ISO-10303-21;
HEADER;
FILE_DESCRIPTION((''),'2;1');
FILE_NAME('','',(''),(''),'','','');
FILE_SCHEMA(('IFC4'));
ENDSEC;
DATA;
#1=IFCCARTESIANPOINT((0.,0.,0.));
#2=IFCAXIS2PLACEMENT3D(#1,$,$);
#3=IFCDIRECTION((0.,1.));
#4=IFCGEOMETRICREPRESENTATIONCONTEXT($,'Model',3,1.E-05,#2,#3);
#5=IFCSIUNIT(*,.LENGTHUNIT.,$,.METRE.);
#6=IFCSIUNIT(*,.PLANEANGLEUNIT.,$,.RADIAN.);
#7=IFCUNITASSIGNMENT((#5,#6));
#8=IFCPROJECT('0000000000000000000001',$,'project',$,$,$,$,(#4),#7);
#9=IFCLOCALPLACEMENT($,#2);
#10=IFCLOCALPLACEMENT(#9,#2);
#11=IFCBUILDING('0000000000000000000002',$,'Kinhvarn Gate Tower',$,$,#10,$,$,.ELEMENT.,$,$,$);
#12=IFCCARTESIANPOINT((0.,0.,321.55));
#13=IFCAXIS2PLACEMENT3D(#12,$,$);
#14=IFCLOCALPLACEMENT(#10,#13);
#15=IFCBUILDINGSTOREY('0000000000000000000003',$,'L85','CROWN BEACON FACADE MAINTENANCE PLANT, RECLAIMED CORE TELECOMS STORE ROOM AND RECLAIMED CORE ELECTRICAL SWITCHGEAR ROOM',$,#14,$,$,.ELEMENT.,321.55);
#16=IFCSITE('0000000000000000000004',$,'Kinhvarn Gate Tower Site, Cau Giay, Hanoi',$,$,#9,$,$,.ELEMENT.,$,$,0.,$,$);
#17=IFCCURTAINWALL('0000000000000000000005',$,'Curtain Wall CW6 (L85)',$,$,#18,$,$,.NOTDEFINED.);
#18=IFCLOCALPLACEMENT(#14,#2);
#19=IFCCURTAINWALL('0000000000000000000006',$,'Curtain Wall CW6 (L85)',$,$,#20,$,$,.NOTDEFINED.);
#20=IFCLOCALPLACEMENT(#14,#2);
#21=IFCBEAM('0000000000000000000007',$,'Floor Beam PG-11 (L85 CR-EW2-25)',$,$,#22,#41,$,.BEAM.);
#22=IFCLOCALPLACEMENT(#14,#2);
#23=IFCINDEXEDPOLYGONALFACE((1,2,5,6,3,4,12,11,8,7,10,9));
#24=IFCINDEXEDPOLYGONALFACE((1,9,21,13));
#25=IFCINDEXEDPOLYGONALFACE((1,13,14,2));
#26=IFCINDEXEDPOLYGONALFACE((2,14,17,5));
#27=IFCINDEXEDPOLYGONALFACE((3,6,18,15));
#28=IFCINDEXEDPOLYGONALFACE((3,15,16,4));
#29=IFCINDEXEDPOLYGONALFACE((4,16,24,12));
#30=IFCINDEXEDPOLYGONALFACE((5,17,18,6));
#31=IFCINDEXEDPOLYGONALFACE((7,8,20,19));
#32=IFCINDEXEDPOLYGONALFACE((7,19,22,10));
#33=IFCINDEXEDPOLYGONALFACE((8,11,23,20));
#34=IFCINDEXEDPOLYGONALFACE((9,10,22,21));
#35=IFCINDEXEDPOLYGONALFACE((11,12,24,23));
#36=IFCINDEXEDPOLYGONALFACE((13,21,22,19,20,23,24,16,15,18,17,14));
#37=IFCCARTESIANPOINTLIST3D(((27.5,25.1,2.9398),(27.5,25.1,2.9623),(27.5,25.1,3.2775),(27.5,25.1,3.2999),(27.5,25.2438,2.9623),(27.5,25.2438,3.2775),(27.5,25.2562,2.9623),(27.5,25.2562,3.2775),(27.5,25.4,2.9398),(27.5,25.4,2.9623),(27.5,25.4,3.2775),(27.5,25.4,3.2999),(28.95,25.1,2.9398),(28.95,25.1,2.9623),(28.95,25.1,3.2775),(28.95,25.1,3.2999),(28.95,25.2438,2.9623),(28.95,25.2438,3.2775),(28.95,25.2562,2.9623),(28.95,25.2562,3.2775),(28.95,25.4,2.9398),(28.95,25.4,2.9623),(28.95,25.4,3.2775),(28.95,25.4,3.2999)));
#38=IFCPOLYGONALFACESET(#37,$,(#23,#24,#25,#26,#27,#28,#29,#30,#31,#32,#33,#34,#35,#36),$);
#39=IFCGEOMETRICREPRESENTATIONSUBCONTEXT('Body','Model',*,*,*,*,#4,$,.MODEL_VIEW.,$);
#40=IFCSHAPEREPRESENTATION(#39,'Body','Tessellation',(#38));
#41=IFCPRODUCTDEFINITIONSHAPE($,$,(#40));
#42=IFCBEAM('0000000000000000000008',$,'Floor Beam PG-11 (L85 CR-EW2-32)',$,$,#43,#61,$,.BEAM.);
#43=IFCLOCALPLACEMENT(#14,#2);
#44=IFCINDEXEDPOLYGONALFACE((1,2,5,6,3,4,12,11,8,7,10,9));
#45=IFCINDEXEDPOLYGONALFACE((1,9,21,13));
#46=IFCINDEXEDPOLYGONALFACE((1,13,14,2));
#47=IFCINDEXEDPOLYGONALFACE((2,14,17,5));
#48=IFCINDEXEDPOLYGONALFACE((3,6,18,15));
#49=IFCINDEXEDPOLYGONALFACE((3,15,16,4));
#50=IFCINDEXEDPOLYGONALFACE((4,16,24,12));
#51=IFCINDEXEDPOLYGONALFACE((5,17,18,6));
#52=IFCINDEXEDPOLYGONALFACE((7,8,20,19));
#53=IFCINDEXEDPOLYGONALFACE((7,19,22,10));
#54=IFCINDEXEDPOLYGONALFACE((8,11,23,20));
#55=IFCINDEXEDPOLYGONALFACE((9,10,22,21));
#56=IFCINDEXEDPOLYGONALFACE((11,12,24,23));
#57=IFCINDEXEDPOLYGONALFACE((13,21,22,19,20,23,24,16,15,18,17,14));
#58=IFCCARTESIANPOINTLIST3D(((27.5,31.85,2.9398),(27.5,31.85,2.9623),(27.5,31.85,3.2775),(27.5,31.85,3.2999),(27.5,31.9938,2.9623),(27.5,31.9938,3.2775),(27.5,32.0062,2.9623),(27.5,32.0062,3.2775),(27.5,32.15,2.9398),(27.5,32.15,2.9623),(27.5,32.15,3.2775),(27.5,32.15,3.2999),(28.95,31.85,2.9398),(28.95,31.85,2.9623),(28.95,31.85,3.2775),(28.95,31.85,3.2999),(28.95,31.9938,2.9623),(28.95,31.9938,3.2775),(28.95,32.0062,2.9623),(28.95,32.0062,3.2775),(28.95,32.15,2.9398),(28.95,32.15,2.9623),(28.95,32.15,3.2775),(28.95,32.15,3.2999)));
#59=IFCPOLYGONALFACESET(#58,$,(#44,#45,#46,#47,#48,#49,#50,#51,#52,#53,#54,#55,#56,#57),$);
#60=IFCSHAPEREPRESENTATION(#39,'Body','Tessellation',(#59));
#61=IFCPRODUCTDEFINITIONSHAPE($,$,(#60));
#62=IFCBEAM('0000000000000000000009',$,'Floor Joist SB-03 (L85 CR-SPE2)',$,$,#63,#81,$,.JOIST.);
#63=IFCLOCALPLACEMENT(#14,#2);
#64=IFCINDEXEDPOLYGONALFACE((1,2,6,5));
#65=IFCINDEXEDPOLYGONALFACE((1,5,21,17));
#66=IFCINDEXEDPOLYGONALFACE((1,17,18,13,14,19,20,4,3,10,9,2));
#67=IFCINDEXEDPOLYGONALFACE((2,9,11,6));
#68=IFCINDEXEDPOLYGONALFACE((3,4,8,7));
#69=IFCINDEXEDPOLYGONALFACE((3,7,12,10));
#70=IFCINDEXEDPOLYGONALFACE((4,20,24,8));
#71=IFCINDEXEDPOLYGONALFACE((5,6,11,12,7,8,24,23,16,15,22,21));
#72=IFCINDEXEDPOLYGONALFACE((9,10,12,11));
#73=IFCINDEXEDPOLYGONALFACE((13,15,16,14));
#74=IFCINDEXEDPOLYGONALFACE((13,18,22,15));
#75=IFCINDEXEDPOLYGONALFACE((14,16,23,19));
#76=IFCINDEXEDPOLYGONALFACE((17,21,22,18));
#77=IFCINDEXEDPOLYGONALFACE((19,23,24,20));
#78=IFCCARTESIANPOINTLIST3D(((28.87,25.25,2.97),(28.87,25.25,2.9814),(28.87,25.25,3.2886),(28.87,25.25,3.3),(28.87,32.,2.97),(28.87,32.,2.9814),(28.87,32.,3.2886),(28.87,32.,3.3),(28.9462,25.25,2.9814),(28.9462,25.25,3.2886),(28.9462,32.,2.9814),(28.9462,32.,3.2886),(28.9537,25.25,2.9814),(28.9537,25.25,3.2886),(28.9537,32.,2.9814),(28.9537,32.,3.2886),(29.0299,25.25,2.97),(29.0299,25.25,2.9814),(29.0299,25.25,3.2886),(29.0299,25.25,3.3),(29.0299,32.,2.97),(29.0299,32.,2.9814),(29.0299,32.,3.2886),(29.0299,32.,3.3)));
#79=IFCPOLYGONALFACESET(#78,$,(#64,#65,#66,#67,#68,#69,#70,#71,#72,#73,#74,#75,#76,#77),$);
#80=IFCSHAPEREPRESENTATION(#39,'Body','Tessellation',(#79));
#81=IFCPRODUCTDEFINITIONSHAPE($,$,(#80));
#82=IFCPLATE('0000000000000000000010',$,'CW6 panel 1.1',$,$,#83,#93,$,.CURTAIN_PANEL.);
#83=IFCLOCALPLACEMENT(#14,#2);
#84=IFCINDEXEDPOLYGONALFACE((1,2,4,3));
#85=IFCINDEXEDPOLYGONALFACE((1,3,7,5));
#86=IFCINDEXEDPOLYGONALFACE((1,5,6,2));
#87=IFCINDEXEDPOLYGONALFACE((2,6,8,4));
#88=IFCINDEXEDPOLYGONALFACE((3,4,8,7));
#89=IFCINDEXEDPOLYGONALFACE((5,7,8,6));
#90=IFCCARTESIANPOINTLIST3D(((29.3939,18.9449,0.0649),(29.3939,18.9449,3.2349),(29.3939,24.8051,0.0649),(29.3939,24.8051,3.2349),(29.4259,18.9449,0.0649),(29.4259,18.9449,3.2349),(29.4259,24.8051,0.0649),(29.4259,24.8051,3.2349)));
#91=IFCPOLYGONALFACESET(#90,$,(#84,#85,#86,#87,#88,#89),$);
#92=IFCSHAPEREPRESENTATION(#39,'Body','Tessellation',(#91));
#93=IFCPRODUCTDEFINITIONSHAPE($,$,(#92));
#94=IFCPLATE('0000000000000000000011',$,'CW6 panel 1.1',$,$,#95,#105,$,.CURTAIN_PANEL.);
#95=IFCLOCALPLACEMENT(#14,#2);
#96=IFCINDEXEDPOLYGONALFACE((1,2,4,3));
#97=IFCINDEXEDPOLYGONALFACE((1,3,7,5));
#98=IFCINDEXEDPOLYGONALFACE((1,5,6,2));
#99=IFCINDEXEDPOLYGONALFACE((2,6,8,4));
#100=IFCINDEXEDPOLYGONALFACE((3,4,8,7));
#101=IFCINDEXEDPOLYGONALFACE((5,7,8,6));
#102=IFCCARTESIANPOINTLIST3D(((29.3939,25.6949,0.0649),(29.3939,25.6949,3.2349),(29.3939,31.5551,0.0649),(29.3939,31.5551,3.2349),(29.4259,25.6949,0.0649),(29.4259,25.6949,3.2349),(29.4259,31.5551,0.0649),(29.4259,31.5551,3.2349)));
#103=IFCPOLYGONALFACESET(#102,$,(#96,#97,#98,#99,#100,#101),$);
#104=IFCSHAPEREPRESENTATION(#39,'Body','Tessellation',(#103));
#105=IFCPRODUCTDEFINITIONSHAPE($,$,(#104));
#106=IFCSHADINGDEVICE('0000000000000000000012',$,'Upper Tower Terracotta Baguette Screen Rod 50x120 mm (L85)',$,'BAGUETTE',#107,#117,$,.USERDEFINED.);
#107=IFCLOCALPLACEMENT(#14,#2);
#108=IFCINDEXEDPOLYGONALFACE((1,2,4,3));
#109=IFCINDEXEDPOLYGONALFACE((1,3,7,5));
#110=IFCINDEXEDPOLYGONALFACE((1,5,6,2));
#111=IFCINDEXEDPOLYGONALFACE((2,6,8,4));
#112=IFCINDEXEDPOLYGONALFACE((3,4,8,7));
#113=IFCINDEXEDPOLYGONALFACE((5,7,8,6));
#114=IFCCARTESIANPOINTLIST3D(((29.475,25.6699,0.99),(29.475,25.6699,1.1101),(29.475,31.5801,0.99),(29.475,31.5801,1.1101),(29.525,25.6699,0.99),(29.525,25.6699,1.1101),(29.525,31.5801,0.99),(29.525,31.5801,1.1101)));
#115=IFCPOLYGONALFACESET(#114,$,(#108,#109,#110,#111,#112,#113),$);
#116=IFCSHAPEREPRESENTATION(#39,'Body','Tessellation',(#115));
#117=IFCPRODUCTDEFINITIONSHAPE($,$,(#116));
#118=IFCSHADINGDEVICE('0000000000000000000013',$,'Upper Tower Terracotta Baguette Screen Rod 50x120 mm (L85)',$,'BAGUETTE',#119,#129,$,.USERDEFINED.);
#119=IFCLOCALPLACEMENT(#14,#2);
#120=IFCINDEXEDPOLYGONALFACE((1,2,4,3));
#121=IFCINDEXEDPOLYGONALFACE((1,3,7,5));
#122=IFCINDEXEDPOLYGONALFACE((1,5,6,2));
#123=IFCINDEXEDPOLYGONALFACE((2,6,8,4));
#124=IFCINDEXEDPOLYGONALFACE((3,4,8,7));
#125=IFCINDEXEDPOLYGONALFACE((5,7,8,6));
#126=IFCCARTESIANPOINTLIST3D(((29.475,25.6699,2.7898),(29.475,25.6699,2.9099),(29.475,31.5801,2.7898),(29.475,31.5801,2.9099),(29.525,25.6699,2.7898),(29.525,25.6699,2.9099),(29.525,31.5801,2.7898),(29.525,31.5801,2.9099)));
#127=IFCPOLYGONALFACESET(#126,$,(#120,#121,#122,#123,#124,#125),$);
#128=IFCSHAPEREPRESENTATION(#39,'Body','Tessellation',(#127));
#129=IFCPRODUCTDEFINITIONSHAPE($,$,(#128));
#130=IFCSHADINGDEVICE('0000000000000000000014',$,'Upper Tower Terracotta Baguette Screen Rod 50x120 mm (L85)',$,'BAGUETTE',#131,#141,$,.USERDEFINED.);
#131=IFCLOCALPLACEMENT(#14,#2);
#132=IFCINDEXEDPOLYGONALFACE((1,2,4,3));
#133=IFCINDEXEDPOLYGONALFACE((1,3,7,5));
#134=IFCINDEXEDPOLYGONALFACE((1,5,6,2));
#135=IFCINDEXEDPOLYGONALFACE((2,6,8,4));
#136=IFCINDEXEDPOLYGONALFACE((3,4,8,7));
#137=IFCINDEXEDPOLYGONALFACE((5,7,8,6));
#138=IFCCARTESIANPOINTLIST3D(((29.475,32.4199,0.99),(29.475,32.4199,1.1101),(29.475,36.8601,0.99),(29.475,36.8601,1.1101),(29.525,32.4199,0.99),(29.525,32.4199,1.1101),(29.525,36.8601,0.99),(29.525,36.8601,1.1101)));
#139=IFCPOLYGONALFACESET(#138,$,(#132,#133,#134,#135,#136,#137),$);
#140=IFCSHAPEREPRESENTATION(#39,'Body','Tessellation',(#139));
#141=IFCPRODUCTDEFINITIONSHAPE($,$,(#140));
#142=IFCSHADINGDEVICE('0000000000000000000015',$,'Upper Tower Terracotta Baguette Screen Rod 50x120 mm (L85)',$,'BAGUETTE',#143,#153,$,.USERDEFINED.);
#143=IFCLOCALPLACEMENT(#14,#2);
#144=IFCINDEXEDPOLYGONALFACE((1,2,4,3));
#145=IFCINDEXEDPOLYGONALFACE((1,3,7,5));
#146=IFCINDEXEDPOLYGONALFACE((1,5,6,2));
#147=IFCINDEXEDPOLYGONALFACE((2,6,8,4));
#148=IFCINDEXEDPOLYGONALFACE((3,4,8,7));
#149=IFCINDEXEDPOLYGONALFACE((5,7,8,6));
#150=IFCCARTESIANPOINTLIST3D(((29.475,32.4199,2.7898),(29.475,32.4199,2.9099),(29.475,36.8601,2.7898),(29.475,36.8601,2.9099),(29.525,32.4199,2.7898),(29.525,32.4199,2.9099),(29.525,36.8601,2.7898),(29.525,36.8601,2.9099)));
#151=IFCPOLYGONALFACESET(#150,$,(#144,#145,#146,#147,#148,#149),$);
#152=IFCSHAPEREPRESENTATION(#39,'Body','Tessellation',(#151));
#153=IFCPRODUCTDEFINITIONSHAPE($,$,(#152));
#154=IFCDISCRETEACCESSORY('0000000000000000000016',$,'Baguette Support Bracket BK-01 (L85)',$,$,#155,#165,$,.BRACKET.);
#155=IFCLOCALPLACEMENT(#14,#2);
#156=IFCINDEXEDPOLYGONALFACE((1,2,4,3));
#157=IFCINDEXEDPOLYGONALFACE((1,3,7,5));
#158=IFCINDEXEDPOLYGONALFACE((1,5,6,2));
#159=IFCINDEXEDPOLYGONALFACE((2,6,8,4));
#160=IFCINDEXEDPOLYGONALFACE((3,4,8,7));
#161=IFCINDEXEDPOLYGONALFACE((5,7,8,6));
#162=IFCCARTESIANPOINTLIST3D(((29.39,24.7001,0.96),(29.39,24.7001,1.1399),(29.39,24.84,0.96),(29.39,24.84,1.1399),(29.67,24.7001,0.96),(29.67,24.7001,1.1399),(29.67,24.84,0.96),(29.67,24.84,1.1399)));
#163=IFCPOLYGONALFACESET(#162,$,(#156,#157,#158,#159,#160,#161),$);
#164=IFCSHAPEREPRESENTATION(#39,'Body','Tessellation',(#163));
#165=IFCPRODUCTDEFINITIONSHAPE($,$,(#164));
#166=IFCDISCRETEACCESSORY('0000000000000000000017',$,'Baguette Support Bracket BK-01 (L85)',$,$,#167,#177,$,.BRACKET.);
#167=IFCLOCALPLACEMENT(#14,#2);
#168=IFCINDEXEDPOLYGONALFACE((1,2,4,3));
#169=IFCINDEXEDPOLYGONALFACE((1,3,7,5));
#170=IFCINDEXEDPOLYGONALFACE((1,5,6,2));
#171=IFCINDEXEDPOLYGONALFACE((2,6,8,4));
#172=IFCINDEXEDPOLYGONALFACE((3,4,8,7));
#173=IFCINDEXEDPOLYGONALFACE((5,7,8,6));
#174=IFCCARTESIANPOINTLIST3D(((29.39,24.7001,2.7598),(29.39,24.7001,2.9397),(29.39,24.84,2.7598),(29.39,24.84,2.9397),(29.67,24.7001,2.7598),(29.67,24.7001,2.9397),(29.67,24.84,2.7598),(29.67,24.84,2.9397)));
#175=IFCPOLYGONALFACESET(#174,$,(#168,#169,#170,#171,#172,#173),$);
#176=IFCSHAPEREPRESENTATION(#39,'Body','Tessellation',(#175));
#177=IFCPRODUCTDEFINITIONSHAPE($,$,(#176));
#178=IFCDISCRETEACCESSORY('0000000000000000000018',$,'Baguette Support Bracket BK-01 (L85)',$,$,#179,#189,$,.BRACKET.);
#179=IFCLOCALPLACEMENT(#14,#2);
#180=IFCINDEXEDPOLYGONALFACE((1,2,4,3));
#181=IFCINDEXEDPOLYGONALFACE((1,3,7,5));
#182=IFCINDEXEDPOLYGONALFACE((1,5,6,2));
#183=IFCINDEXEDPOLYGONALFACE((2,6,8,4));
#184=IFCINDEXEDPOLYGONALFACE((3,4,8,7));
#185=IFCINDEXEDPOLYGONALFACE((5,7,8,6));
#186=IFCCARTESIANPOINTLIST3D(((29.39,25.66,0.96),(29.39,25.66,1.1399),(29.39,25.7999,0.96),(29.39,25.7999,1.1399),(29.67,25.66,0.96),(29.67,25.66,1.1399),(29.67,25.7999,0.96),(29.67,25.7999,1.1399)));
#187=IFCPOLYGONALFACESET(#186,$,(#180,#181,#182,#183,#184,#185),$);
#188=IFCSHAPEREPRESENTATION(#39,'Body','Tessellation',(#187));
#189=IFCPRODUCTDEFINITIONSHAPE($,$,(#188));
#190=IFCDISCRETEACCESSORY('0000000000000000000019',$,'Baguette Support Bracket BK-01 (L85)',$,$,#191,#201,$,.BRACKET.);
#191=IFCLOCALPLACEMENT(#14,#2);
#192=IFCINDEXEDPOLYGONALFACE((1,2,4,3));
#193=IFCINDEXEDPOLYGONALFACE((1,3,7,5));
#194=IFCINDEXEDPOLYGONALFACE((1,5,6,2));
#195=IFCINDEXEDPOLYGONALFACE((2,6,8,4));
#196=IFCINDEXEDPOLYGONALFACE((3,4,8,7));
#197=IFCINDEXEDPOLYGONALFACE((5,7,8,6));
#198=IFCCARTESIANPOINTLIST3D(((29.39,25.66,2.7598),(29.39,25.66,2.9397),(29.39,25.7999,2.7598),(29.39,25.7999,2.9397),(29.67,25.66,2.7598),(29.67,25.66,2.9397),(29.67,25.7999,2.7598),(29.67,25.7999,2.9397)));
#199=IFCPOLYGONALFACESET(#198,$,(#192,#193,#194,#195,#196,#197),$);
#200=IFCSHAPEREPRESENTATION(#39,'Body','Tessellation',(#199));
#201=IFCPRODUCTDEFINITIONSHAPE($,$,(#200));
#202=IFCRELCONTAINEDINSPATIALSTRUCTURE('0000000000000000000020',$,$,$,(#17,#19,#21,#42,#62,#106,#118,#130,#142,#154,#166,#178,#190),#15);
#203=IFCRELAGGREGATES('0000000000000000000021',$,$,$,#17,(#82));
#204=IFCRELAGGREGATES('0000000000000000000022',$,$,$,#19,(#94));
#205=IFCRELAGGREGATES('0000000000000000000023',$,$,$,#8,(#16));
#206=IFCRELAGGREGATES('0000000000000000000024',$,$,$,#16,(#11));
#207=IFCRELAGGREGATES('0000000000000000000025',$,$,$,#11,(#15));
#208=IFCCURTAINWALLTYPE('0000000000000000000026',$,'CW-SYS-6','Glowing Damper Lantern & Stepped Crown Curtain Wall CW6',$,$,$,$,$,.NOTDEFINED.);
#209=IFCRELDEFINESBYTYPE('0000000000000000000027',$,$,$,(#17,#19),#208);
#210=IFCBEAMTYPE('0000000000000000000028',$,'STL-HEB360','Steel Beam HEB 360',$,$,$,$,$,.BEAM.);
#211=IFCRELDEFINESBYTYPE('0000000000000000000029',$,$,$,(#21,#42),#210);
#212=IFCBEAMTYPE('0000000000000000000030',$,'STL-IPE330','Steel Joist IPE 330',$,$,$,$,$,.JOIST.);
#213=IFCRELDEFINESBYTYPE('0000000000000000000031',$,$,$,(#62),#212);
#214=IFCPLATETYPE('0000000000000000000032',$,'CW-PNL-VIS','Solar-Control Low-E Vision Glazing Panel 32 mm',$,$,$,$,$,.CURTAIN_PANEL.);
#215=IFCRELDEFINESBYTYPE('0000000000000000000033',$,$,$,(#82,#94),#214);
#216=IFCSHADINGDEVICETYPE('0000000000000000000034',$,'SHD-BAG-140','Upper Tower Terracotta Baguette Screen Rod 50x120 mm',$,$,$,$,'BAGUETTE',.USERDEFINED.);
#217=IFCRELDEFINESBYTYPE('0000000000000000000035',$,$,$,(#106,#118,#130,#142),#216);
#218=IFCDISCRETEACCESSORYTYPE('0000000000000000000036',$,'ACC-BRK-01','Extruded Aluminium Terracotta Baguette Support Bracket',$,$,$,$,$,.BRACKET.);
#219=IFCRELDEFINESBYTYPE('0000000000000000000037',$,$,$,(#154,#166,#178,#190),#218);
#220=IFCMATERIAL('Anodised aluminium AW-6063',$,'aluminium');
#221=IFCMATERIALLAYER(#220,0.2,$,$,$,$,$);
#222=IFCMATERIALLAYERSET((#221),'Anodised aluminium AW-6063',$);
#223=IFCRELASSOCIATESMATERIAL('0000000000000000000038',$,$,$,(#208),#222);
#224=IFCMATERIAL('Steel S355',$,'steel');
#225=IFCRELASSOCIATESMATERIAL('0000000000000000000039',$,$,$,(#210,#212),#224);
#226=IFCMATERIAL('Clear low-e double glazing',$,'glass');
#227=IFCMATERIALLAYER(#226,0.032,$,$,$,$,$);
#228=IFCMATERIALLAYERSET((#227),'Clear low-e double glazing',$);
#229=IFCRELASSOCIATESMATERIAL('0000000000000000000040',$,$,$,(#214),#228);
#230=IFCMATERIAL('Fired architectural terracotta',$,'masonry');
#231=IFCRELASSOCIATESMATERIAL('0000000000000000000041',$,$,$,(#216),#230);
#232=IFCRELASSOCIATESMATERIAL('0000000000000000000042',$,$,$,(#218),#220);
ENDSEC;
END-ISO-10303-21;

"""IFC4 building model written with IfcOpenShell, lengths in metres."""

from ifc_helpers import new_model, si_unit, direction, frame, origin, origin_2d, place, context, subcontext, project, spatial, rectangle, i_section, extrude, material, layer, layer_set, material_profile, profile_set, type_object, element, aggregate, save


model = new_model("IFC4")

# Units and contexts
model_context = context("Model", 3, precision=1e-05, world=origin(), true_north=direction((0.0, 1.0)))
body_context = subcontext(model_context, "Body", "Model", "MODEL_VIEW")
ifc_project = project(units=[si_unit("LENGTHUNIT", "METRE"), si_unit("PLANEANGLEUNIT", "RADIAN")], contexts=[model_context])

# Site, building, storey
site_placement = place(None, origin())
site = spatial("IfcSite", under=ifc_project, at=site_placement, Name="Kinhvarn Gate Tower Site, Cau Giay, Hanoi", CompositionType="ELEMENT", RefElevation=0.0)
building_placement = place(site_placement, origin())
building = spatial("IfcBuilding", under=site, at=building_placement, Name="Kinhvarn Gate Tower", CompositionType="ELEMENT")
storey_placement = place(building_placement, frame((0.0, 0.0, 321.55)))
storey = spatial("IfcBuildingStorey", under=building, at=storey_placement, Name="L85", Description="CROWN BEACON FACADE MAINTENANCE PLANT, RECLAIMED CORE TELECOMS STORE ROOM AND RECLAIMED CORE ELECTRICAL SWITCHGEAR ROOM", CompositionType="ELEMENT", Elevation=321.55)

# Curtain wall
ifc_material_1 = material(Name="Anodised aluminium AW-6063", Category="aluminium")
ifc_layer_1 = layer(ifc_material_1, 0.2)
ifc_layer_set_1 = layer_set([ifc_layer_1], Name="Anodised aluminium AW-6063")
curtain_wall_type = type_object("IfcCurtainWallType", Name="CW-SYS-6", Description="Glowing Damper Lantern & Stepped Crown Curtain Wall CW6", PredefinedType="NOTDEFINED", material=ifc_layer_set_1)
curtain_wall_1_placement = place(storey_placement, origin())
curtain_wall_1 = element("IfcCurtainWall", 1, at=curtain_wall_1_placement, inside=storey, type_object=curtain_wall_type, Name="Curtain Wall CW6 (L85)", PredefinedType="NOTDEFINED")

# Curtain wall
curtain_wall_2_placement = place(storey_placement, origin())
curtain_wall_2 = element("IfcCurtainWall", 2, at=curtain_wall_2_placement, inside=storey, type_object=curtain_wall_type, Name="Curtain Wall CW6 (L85)", PredefinedType="NOTDEFINED")

# Beams
ifc_material_2 = material(Name="Steel S355", Category="steel")
ifc_material_profile_1 = material_profile(ifc_material_2, i_section(OverallWidth=0.3, OverallDepth=0.3601, WebThickness=0.0125, FlangeThickness=0.0225, at=origin_2d()), Name="HEB 360")
ifc_profile_set_1 = profile_set([ifc_material_profile_1], Name="Steel S355")
beam_type_1 = type_object("IfcBeamType", Name="STL-HEB360", Description="Steel Beam HEB 360", PredefinedType="BEAM", material=ifc_profile_set_1)
for number, where, z_axis, x_axis, name in (
    (3, (27.5, 25.25, 3.1199), (1.0, 0.0, 0.0), (0.0, 1.0, 0.0), "Floor Beam PG-11 (L85 CR-EW2-25)"),
    (4, (27.5, 32.0, 3.1199), (1.0, 0.0, 0.0), (0.0, 1.0, 0.0), "Floor Beam PG-11 (L85 CR-EW2-32)"),
):
    element("IfcBeam", number, at=place(storey_placement, frame(where, z_axis=z_axis, x_axis=x_axis)), inside=storey, type_object=beam_type_1, Name=name, PredefinedType="BEAM", context=body_context, shape_type="SweptSolid", body=[
        extrude(i_section(OverallWidth=0.3, OverallDepth=0.3601, WebThickness=0.0125, FlangeThickness=0.0225, at=origin_2d()), origin(), (0.0, 0.0, 1.0), 1.45),
    ])
ifc_material_profile_2 = material_profile(ifc_material_2, i_section(OverallWidth=0.1599, OverallDepth=0.3301, WebThickness=0.0076, FlangeThickness=0.0115, at=origin_2d()), Name="IPE 330")
ifc_profile_set_2 = profile_set([ifc_material_profile_2], Name="Steel S355")
beam_type_2 = type_object("IfcBeamType", Name="STL-IPE330", Description="Steel Joist IPE 330", PredefinedType="JOIST", material=ifc_profile_set_2)
beam_1_placement = place(storey_placement, frame((28.95, 25.25, 3.135), z_axis=(0.0, 1.0, 0.0), x_axis=(-1.0, 0.0, 0.0)))
element("IfcBeam", 5, at=beam_1_placement, inside=storey, type_object=beam_type_2, Name="Floor Joist SB-03 (L85 CR-SPE2)", PredefinedType="JOIST", context=body_context, shape_type="SweptSolid", body=[
    extrude(i_section(OverallWidth=0.1599, OverallDepth=0.3301, WebThickness=0.0076, FlangeThickness=0.0115, at=origin_2d()), origin(), (0.0, 0.0, 1.0), 6.75),
])

# Plates
ifc_material_3 = material(Name="Clear low-e double glazing", Category="glass")
ifc_layer_2 = layer(ifc_material_3, 0.032)
ifc_layer_set_2 = layer_set([ifc_layer_2], Name="Clear low-e double glazing")
plate_type = type_object("IfcPlateType", Name="CW-PNL-VIS", Description="Solar-Control Low-E Vision Glazing Panel 32 mm", PredefinedType="CURTAIN_PANEL", material=ifc_layer_set_2)
plate_1_placement = place(storey_placement, frame((29.4099, 21.875, 0.0649), z_axis=(0.0, 0.0, 1.0), x_axis=(0.0, 1.0, 0.0)))
plate_1 = element("IfcPlate", 6, at=plate_1_placement, type_object=plate_type, Name="CW6 panel 1.1", PredefinedType="CURTAIN_PANEL", context=body_context, shape_type="SweptSolid", body=[
    extrude(rectangle(XDim=5.8601, YDim=0.032, at=origin_2d()), origin(), (0.0, 0.0, 1.0), 3.1699),
])
aggregate(curtain_wall_1, [plate_1])
plate_2_placement = place(storey_placement, frame((29.4099, 28.625, 0.0649), z_axis=(0.0, 0.0, 1.0), x_axis=(0.0, 1.0, 0.0)))
plate_2 = element("IfcPlate", 7, at=plate_2_placement, type_object=plate_type, Name="CW6 panel 1.1", PredefinedType="CURTAIN_PANEL", context=body_context, shape_type="SweptSolid", body=[
    extrude(rectangle(XDim=5.8601, YDim=0.032, at=origin_2d()), origin(), (0.0, 0.0, 1.0), 3.1699),
])
aggregate(curtain_wall_2, [plate_2])

# Shading devices
ifc_material_4 = material(Name="Fired architectural terracotta", Category="masonry")
ifc_material_profile_3 = material_profile(ifc_material_4, rectangle(XDim=0.05, YDim=0.1201, at=origin_2d()), Name="TC 50x120")
ifc_profile_set_3 = profile_set([ifc_material_profile_3], Name="Fired architectural terracotta")
shading_device_type = type_object("IfcShadingDeviceType", Name="SHD-BAG-140", Description="Upper Tower Terracotta Baguette Screen Rod 50x120 mm", ElementType="BAGUETTE", PredefinedType="USERDEFINED", material=ifc_profile_set_3)
for number, where, z_axis, x_axis, name in (
    (8, (29.5, 25.6699, 1.05), (0.0, 1.0, 0.0), (-1.0, 0.0, 0.0), "Upper Tower Terracotta Baguette Screen Rod 50x120 mm (L85)"),
    (9, (29.5, 25.6699, 2.8499), (0.0, 1.0, 0.0), (-1.0, 0.0, 0.0), "Upper Tower Terracotta Baguette Screen Rod 50x120 mm (L85)"),
):
    element("IfcShadingDevice", number, at=place(storey_placement, frame(where, z_axis=z_axis, x_axis=x_axis)), inside=storey, type_object=shading_device_type, Name=name, ObjectType="BAGUETTE", PredefinedType="USERDEFINED", context=body_context, shape_type="SweptSolid", body=[
        extrude(rectangle(XDim=0.05, YDim=0.1201, at=origin_2d()), origin(), (0.0, 0.0, 1.0), 5.9102),
    ])
for number, where, z_axis, x_axis, name in (
    (10, (29.5, 32.4199, 1.05), (0.0, 1.0, 0.0), (-1.0, 0.0, 0.0), "Upper Tower Terracotta Baguette Screen Rod 50x120 mm (L85)"),
    (11, (29.5, 32.4199, 2.8499), (0.0, 1.0, 0.0), (-1.0, 0.0, 0.0), "Upper Tower Terracotta Baguette Screen Rod 50x120 mm (L85)"),
):
    element("IfcShadingDevice", number, at=place(storey_placement, frame(where, z_axis=z_axis, x_axis=x_axis)), inside=storey, type_object=shading_device_type, Name=name, ObjectType="BAGUETTE", PredefinedType="USERDEFINED", context=body_context, shape_type="SweptSolid", body=[
        extrude(rectangle(XDim=0.05, YDim=0.1201, at=origin_2d()), origin(), (0.0, 0.0, 1.0), 4.4402),
    ])

# Discrete accessories
discrete_accessory_type = type_object("IfcDiscreteAccessoryType", Name="ACC-BRK-01", Description="Extruded Aluminium Terracotta Baguette Support Bracket", PredefinedType="BRACKET", material=ifc_material_1)
for number, where, z_axis, x_axis, name in (
    (12, (29.53, 24.77, 0.96), (0.0, 0.0, 1.0), (0.0, 1.0, 0.0), "Baguette Support Bracket BK-01 (L85)"),
    (13, (29.53, 24.77, 2.7598), (0.0, 0.0, 1.0), (0.0, 1.0, 0.0), "Baguette Support Bracket BK-01 (L85)"),
    (14, (29.53, 25.73, 0.96), (0.0, 0.0, 1.0), (0.0, 1.0, 0.0), "Baguette Support Bracket BK-01 (L85)"),
    (15, (29.53, 25.73, 2.7598), (0.0, 0.0, 1.0), (0.0, 1.0, 0.0), "Baguette Support Bracket BK-01 (L85)"),
):
    element("IfcDiscreteAccessory", number, at=place(storey_placement, frame(where, z_axis=z_axis, x_axis=x_axis)), inside=storey, type_object=discrete_accessory_type, Name=name, PredefinedType="BRACKET", context=body_context, shape_type="SweptSolid", body=[
        extrude(rectangle(XDim=0.1399, YDim=0.28, at=origin_2d()), origin(), (0.0, 0.0, 1.0), 0.1799),
    ])

save(model, "model.ifc")
